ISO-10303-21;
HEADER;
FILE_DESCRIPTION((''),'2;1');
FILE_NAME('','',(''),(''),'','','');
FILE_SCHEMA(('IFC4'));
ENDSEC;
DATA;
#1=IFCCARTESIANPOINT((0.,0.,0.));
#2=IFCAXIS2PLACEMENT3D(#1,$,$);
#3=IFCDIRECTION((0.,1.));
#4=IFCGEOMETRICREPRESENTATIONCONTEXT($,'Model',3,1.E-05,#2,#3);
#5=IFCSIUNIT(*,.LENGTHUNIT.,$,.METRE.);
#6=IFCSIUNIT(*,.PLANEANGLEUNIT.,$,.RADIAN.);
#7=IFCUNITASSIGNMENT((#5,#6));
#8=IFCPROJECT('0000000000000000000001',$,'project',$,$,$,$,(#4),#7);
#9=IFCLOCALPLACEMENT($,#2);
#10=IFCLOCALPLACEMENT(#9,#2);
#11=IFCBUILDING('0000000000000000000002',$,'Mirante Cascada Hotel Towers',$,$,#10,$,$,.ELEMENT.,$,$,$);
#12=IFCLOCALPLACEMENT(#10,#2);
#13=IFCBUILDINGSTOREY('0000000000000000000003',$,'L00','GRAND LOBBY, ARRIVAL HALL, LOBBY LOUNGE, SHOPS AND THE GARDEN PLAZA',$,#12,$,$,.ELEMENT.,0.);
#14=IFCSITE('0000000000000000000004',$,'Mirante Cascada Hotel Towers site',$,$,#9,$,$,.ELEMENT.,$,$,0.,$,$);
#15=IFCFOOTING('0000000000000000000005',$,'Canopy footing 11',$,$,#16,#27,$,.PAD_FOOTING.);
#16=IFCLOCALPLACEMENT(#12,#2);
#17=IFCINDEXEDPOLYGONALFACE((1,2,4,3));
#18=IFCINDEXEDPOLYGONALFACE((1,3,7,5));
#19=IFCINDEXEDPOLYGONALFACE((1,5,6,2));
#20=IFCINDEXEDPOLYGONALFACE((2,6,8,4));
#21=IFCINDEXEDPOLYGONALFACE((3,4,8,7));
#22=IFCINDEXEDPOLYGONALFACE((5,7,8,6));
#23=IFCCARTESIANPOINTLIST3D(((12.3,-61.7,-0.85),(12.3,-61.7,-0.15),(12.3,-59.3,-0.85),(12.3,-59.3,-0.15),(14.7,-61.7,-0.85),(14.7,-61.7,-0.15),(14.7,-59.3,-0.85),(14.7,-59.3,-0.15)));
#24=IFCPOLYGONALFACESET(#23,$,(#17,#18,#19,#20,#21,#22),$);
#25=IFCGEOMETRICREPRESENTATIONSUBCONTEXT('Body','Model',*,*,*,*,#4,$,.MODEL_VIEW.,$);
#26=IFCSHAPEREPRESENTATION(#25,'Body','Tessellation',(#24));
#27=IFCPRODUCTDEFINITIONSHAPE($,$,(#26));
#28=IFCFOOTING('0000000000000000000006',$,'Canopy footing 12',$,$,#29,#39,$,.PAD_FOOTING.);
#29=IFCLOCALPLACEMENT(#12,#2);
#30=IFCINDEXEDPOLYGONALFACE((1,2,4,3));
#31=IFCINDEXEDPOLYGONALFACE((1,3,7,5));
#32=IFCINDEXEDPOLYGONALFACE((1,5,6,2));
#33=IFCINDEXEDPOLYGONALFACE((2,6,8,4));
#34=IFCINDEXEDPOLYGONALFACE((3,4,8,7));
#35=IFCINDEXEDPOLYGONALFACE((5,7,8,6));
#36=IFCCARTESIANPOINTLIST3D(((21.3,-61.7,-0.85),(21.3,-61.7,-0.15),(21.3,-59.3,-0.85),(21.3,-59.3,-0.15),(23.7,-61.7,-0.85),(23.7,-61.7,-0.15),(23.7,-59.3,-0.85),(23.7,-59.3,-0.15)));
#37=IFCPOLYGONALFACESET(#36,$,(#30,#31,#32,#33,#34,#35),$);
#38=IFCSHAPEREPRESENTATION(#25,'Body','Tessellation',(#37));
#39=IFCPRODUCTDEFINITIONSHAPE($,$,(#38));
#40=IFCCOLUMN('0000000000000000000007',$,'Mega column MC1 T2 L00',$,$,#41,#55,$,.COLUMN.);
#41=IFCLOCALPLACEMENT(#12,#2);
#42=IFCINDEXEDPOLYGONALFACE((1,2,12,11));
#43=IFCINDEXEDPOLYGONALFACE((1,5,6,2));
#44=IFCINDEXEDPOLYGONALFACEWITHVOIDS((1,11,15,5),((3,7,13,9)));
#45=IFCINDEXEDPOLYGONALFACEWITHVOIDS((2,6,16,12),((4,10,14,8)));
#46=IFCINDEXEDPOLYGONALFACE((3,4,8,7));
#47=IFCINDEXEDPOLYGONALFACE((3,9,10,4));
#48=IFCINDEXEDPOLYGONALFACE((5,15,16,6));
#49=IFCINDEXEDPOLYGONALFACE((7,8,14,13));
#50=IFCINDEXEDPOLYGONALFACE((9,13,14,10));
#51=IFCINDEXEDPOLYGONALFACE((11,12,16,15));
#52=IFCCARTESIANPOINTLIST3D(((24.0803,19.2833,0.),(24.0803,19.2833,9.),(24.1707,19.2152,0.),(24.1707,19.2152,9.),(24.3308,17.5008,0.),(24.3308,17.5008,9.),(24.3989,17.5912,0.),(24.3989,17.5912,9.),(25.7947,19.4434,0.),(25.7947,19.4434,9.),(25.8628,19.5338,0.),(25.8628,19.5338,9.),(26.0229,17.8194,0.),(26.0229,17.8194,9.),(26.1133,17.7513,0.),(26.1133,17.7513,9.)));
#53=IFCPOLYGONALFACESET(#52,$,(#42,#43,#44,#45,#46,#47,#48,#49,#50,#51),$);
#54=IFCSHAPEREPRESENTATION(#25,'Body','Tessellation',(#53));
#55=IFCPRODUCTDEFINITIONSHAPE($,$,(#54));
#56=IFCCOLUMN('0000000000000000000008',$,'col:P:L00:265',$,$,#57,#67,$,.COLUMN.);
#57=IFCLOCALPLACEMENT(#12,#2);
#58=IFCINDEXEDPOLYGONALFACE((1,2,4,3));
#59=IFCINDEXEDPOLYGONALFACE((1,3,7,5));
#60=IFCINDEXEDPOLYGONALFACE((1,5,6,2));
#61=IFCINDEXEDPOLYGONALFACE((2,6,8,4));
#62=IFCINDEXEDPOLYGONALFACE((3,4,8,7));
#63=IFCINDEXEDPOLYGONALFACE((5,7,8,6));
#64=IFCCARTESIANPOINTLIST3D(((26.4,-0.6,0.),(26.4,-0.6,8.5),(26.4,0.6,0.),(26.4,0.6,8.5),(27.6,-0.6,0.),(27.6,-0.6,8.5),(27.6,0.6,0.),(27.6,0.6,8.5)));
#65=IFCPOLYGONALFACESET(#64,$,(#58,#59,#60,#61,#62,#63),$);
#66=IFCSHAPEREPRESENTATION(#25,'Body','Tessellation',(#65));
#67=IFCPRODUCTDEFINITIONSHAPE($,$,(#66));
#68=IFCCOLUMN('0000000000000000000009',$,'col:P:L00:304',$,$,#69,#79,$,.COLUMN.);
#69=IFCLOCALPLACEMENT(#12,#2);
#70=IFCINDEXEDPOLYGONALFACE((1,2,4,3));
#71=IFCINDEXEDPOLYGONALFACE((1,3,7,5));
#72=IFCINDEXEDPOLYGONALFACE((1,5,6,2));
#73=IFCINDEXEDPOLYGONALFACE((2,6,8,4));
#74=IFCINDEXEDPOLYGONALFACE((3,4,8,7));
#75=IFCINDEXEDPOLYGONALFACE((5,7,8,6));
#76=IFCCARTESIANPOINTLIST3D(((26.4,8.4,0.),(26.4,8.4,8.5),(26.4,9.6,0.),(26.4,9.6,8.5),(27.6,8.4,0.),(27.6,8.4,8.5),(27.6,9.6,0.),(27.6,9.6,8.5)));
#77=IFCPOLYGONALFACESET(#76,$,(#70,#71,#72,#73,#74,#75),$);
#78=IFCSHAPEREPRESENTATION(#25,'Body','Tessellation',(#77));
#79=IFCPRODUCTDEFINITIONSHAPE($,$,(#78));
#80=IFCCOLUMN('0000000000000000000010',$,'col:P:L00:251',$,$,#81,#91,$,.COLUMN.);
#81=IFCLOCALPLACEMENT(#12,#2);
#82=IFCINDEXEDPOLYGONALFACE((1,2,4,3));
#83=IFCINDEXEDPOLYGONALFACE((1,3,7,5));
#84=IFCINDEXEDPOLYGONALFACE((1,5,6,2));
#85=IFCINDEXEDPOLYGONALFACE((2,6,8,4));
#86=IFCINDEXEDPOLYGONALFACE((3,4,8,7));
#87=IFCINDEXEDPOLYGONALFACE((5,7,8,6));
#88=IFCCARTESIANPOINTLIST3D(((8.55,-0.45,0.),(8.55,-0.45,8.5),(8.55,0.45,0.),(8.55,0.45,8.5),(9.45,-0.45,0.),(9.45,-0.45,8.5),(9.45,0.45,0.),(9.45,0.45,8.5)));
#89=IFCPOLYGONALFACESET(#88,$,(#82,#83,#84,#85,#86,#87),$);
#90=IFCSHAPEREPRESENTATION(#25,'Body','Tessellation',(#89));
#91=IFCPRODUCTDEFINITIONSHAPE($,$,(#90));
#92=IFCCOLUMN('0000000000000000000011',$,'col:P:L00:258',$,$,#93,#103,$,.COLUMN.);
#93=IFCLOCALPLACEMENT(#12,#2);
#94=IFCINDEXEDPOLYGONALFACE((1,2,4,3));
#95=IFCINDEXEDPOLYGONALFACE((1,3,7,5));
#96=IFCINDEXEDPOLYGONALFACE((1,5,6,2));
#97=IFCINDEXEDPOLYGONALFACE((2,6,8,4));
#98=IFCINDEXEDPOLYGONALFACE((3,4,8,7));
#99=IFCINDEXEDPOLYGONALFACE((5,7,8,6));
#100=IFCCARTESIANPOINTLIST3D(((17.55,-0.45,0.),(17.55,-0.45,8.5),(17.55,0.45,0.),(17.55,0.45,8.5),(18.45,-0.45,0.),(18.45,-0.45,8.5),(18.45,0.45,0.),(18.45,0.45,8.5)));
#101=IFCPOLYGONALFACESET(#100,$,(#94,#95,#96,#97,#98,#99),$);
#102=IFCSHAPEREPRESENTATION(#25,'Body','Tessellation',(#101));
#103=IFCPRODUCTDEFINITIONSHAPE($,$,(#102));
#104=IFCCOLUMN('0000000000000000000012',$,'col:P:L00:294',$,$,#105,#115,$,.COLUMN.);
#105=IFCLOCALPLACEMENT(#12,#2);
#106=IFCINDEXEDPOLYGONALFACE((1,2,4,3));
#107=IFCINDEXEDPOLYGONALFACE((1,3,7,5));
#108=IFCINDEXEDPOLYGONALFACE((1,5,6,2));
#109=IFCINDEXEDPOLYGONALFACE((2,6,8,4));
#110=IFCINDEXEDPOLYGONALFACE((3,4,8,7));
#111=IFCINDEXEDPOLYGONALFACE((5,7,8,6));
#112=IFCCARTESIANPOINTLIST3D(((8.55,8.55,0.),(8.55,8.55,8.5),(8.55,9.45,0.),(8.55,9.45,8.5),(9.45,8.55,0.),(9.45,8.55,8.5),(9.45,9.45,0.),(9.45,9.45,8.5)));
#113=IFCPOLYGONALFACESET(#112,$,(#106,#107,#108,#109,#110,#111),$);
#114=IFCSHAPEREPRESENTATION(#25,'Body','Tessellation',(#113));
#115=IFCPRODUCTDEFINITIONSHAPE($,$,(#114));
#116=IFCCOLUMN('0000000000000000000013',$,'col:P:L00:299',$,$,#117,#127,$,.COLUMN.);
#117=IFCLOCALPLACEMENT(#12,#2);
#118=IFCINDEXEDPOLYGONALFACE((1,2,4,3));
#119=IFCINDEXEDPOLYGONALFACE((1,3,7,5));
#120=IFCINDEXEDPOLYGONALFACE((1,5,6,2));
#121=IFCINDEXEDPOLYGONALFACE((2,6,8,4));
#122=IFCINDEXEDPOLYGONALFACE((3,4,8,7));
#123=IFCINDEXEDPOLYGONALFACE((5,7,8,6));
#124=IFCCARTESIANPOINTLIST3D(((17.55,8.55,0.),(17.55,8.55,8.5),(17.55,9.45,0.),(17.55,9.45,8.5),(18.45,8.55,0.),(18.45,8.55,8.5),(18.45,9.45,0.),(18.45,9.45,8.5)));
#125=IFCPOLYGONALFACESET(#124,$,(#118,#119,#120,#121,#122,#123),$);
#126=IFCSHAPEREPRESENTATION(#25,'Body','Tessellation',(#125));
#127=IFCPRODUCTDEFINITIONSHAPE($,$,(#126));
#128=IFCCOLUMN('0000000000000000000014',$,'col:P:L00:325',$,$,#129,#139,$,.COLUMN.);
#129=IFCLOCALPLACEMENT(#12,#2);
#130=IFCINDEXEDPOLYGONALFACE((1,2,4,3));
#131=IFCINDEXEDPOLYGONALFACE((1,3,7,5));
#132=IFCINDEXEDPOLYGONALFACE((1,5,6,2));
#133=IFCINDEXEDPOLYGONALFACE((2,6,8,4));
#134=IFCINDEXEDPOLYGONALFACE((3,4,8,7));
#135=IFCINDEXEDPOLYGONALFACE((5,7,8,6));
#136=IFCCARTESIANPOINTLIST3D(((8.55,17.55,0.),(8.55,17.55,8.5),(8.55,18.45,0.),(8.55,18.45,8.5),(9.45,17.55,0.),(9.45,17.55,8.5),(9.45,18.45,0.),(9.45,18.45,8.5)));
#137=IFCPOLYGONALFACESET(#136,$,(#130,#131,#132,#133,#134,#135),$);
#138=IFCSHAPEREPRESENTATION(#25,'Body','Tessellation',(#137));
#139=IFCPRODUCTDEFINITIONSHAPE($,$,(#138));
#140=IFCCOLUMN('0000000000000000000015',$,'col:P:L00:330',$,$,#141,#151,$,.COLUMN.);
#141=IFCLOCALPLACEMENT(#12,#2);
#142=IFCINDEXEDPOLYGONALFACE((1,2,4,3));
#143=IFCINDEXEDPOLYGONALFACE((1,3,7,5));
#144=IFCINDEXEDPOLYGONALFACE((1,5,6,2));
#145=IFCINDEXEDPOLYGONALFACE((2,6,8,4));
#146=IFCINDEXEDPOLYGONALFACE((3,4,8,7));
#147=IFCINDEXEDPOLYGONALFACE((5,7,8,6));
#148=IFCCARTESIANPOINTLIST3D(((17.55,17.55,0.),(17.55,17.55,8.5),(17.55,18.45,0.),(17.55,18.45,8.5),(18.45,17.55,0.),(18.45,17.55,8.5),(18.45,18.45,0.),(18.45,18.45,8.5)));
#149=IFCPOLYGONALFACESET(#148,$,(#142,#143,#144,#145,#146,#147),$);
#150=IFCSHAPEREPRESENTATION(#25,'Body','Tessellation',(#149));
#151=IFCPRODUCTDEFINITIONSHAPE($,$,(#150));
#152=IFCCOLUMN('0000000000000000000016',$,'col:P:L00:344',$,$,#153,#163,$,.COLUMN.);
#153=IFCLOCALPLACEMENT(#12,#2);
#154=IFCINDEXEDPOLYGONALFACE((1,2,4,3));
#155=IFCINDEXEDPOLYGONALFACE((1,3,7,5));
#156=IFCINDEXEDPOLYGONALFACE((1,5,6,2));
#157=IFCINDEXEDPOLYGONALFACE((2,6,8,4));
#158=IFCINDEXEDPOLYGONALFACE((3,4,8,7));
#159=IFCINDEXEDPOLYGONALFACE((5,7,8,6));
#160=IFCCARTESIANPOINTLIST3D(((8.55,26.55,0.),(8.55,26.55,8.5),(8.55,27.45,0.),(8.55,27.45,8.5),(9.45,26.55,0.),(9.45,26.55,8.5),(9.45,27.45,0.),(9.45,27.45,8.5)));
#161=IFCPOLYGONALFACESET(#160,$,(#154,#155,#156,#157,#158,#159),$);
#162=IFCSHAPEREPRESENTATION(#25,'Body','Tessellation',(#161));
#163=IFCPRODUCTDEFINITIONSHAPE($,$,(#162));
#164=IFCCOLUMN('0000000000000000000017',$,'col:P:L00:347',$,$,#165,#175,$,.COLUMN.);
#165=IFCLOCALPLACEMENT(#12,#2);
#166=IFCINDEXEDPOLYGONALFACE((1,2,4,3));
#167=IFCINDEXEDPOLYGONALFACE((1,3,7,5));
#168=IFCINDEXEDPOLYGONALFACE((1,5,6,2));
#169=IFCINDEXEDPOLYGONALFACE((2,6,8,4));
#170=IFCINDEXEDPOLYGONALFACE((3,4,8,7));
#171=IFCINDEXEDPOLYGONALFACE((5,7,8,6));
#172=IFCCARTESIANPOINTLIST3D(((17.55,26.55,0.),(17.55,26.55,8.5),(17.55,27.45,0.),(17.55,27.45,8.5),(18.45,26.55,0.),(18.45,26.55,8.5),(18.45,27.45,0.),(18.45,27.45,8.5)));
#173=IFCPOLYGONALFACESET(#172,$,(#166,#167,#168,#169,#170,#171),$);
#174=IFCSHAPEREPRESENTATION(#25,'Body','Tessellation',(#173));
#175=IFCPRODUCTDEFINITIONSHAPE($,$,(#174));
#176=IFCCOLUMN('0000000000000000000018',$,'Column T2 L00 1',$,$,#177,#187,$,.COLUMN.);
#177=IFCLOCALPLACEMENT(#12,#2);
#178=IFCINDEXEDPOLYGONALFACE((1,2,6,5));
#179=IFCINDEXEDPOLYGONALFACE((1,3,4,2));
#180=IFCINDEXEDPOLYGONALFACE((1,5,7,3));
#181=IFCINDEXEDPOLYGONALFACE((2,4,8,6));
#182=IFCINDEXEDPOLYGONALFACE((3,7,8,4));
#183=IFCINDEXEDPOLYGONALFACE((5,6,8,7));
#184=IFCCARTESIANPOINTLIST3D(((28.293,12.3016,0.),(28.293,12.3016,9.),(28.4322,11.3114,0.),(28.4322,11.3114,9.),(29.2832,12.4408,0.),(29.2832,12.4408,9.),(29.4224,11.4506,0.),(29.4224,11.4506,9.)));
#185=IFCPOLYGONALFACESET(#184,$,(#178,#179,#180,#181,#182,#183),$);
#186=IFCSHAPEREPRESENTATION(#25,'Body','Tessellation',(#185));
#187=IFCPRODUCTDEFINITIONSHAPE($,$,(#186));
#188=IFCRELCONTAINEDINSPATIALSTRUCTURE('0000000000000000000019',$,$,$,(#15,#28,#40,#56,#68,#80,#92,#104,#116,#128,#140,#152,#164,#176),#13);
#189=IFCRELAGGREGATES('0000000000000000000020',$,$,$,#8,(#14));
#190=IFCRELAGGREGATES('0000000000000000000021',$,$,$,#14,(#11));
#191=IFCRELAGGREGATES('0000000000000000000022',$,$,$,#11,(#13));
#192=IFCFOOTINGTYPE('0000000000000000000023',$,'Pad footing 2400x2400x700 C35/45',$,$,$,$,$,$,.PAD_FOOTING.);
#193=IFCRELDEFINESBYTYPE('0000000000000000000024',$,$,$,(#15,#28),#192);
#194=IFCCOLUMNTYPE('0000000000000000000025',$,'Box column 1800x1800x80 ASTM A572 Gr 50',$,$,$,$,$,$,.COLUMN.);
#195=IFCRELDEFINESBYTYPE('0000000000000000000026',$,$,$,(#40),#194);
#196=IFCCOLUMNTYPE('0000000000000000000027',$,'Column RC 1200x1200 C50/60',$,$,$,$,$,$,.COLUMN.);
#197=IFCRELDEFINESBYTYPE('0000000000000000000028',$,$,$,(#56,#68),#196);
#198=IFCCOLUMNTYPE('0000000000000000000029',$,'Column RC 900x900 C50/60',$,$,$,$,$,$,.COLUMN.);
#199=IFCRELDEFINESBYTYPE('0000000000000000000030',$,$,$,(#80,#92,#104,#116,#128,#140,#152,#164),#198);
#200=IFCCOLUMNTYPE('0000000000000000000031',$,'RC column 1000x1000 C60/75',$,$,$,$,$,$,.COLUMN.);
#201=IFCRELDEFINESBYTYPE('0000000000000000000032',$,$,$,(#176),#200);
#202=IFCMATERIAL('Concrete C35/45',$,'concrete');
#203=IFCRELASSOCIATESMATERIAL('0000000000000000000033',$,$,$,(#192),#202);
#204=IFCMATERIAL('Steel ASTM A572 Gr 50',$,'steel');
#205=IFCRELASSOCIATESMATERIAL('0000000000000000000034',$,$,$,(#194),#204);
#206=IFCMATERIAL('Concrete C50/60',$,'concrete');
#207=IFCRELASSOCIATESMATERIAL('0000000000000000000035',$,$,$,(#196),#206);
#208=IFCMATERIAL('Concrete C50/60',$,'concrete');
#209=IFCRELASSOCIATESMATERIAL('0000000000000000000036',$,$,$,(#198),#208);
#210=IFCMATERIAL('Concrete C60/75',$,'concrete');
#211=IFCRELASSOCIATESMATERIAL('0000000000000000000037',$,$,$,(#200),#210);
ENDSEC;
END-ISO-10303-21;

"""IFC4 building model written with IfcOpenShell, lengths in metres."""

from ifc_helpers import new_model, si_unit, direction, frame, origin, origin_2d, place, context, subcontext, project, spatial, polyline, rectangle, hollow_rectangle, outline, extrude, material, material_profile, profile_set, type_object, element, save


model = new_model("IFC4")

# Units and contexts
model_context = context("Model", 3, precision=1e-05, world=origin(), true_north=direction((0.0, 1.0)))
body_context = subcontext(model_context, "Body", "Model", "MODEL_VIEW")
ifc_project = project(units=[si_unit("LENGTHUNIT", "METRE"), si_unit("PLANEANGLEUNIT", "RADIAN")], contexts=[model_context])

# Site, building, storey
site_placement = place(None, origin())
site = spatial("IfcSite", under=ifc_project, at=site_placement, Name="Mirante Cascada Hotel Towers site", CompositionType="ELEMENT", RefElevation=0.0)
building_placement = place(site_placement, origin())
building = spatial("IfcBuilding", under=site, at=building_placement, Name="Mirante Cascada Hotel Towers", CompositionType="ELEMENT")
storey_placement = place(building_placement, origin())
storey = spatial("IfcBuildingStorey", under=building, at=storey_placement, Name="L00", Description="GRAND LOBBY, ARRIVAL HALL, LOBBY LOUNGE, SHOPS AND THE GARDEN PLAZA", CompositionType="ELEMENT", Elevation=0.0)

# Footings
ifc_material_1 = material(Name="Concrete C35/45", Category="concrete")
footing_type = type_object("IfcFootingType", Name="Pad footing 2400x2400x700 C35/45", PredefinedType="PAD_FOOTING", material=ifc_material_1)
footing_1_placement = place(storey_placement, frame((0.0, 0.0, -0.85)))
element("IfcFooting", 1, at=footing_1_placement, inside=storey, type_object=footing_type, Name="Canopy footing 11", PredefinedType="PAD_FOOTING", context=body_context, shape_type="SweptSolid", body=[
    extrude(outline(polyline([(12.3, -61.7), (14.7, -61.7), (14.7, -59.3), (12.3, -59.3), (12.3, -61.7)])), origin(), (0.0, 0.0, 1.0), 0.7),
])
footing_2_placement = place(storey_placement, frame((0.0, 0.0, -0.85)))
element("IfcFooting", 2, at=footing_2_placement, inside=storey, type_object=footing_type, Name="Canopy footing 12", PredefinedType="PAD_FOOTING", context=body_context, shape_type="SweptSolid", body=[
    extrude(outline(polyline([(21.3, -61.7), (23.7, -61.7), (23.7, -59.3), (21.3, -59.3), (21.3, -61.7)])), origin(), (0.0, 0.0, 1.0), 0.7),
])

# Columns
ifc_material_2 = material(Name="Steel ASTM A572 Gr 50", Category="steel")
ifc_material_profile_1 = material_profile(ifc_material_2, hollow_rectangle(XDim=1.8, YDim=1.8, WallThickness=0.08, at=origin_2d()), Name="Box column 1800x1800x80 ASTM A572 Gr 50")
ifc_profile_set_1 = profile_set([ifc_material_profile_1], Name="Steel ASTM A572 Gr 50")
column_type_1 = type_object("IfcColumnType", Name="Box column 1800x1800x80 ASTM A572 Gr 50", PredefinedType="COLUMN", material=ifc_profile_set_1)
column_1_placement = place(storey_placement, frame((25.0968, 18.5173, 0.0), z_axis=(0.0, 0.0, 1.0), x_axis=(0.990268, 0.139173, 0.0)))
element("IfcColumn", 3, at=column_1_placement, inside=storey, type_object=column_type_1, Name="Mega column MC1 T2 L00", PredefinedType="COLUMN", context=body_context, shape_type="SweptSolid", body=[
    extrude(hollow_rectangle(XDim=1.8, YDim=1.8, WallThickness=0.08, at=origin_2d()), origin(), (0.0, 0.0, 1.0), 9.0),
])
ifc_material_3 = material(Name="Concrete C50/60", Category="concrete")
ifc_material_profile_2 = material_profile(ifc_material_3, rectangle(XDim=1.2, YDim=1.2, at=origin_2d()), Name="RC 1200x1200")
ifc_profile_set_2 = profile_set([ifc_material_profile_2], Name="Concrete C50/60")
column_type_2 = type_object("IfcColumnType", Name="Column RC 1200x1200 C50/60", PredefinedType="COLUMN", material=ifc_profile_set_2)
for number, where, z_axis, x_axis, name in (
    (4, (27.0, 0.0, 0.0), (0.0, 0.0, 1.0), (1.0, 0.0, 0.0), "col:P:L00:265"),
    (5, (27.0, 9.0, 0.0), (0.0, 0.0, 1.0), (1.0, 0.0, 0.0), "col:P:L00:304"),
):
    element("IfcColumn", number, at=place(storey_placement, frame(where, z_axis=z_axis, x_axis=x_axis)), inside=storey, type_object=column_type_2, Name=name, PredefinedType="COLUMN", context=body_context, shape_type="SweptSolid", body=[
        extrude(rectangle(XDim=1.2, YDim=1.2, at=origin_2d()), origin(), (0.0, 0.0, 1.0), 8.5),
    ])
ifc_material_4 = material(Name="Concrete C50/60", Category="concrete")
ifc_material_profile_3 = material_profile(ifc_material_4, rectangle(XDim=0.9, YDim=0.9, at=origin_2d()), Name="RC 900x900")
ifc_profile_set_3 = profile_set([ifc_material_profile_3], Name="Concrete C50/60")
column_type_3 = type_object("IfcColumnType", Name="Column RC 900x900 C50/60", PredefinedType="COLUMN", material=ifc_profile_set_3)
for number, where, z_axis, x_axis, name in (
    (6, (9.0, 0.0, 0.0), (0.0, 0.0, 1.0), (1.0, 0.0, 0.0), "col:P:L00:251"),
    (7, (18.0, 0.0, 0.0), (0.0, 0.0, 1.0), (1.0, 0.0, 0.0), "col:P:L00:258"),
    (8, (9.0, 9.0, 0.0), (0.0, 0.0, 1.0), (1.0, 0.0, 0.0), "col:P:L00:294"),
    (9, (18.0, 9.0, 0.0), (0.0, 0.0, 1.0), (1.0, 0.0, 0.0), "col:P:L00:299"),
    (10, (9.0, 18.0, 0.0), (0.0, 0.0, 1.0), (1.0, 0.0, 0.0), "col:P:L00:325"),
    (11, (18.0, 18.0, 0.0), (0.0, 0.0, 1.0), (1.0, 0.0, 0.0), "col:P:L00:330"),
    (12, (9.0, 27.0, 0.0), (0.0, 0.0, 1.0), (1.0, 0.0, 0.0), "col:P:L00:344"),
    (13, (18.0, 27.0, 0.0), (0.0, 0.0, 1.0), (1.0, 0.0, 0.0), "col:P:L00:347"),
):
    element("IfcColumn", number, at=place(storey_placement, frame(where, z_axis=z_axis, x_axis=x_axis)), inside=storey, type_object=column_type_3, Name=name, PredefinedType="COLUMN", context=body_context, shape_type="SweptSolid", body=[
        extrude(rectangle(XDim=0.9, YDim=0.9, at=origin_2d()), origin(), (0.0, 0.0, 1.0), 8.5),
    ])
ifc_material_5 = material(Name="Concrete C60/75", Category="concrete")
ifc_material_profile_4 = material_profile(ifc_material_5, rectangle(XDim=1.0, YDim=1.0, at=origin_2d()), Name="RC column 1000x1000 C60/75")
ifc_profile_set_4 = profile_set([ifc_material_profile_4], Name="Concrete C60/75")
column_type_4 = type_object("IfcColumnType", Name="RC column 1000x1000 C60/75", PredefinedType="COLUMN", material=ifc_profile_set_4)
column_2_placement = place(storey_placement, frame((28.8577, 11.8761, 0.0), z_axis=(0.0, 0.0, 1.0), x_axis=(0.990268, 0.139173, 0.0)))
element("IfcColumn", 14, at=column_2_placement, inside=storey, type_object=column_type_4, Name="Column T2 L00 1", PredefinedType="COLUMN", context=body_context, shape_type="SweptSolid", body=[
    extrude(rectangle(XDim=1.0, YDim=1.0, at=origin_2d()), origin(), (0.0, 0.0, 1.0), 9.0),
])

save(model, "model.ifc")
